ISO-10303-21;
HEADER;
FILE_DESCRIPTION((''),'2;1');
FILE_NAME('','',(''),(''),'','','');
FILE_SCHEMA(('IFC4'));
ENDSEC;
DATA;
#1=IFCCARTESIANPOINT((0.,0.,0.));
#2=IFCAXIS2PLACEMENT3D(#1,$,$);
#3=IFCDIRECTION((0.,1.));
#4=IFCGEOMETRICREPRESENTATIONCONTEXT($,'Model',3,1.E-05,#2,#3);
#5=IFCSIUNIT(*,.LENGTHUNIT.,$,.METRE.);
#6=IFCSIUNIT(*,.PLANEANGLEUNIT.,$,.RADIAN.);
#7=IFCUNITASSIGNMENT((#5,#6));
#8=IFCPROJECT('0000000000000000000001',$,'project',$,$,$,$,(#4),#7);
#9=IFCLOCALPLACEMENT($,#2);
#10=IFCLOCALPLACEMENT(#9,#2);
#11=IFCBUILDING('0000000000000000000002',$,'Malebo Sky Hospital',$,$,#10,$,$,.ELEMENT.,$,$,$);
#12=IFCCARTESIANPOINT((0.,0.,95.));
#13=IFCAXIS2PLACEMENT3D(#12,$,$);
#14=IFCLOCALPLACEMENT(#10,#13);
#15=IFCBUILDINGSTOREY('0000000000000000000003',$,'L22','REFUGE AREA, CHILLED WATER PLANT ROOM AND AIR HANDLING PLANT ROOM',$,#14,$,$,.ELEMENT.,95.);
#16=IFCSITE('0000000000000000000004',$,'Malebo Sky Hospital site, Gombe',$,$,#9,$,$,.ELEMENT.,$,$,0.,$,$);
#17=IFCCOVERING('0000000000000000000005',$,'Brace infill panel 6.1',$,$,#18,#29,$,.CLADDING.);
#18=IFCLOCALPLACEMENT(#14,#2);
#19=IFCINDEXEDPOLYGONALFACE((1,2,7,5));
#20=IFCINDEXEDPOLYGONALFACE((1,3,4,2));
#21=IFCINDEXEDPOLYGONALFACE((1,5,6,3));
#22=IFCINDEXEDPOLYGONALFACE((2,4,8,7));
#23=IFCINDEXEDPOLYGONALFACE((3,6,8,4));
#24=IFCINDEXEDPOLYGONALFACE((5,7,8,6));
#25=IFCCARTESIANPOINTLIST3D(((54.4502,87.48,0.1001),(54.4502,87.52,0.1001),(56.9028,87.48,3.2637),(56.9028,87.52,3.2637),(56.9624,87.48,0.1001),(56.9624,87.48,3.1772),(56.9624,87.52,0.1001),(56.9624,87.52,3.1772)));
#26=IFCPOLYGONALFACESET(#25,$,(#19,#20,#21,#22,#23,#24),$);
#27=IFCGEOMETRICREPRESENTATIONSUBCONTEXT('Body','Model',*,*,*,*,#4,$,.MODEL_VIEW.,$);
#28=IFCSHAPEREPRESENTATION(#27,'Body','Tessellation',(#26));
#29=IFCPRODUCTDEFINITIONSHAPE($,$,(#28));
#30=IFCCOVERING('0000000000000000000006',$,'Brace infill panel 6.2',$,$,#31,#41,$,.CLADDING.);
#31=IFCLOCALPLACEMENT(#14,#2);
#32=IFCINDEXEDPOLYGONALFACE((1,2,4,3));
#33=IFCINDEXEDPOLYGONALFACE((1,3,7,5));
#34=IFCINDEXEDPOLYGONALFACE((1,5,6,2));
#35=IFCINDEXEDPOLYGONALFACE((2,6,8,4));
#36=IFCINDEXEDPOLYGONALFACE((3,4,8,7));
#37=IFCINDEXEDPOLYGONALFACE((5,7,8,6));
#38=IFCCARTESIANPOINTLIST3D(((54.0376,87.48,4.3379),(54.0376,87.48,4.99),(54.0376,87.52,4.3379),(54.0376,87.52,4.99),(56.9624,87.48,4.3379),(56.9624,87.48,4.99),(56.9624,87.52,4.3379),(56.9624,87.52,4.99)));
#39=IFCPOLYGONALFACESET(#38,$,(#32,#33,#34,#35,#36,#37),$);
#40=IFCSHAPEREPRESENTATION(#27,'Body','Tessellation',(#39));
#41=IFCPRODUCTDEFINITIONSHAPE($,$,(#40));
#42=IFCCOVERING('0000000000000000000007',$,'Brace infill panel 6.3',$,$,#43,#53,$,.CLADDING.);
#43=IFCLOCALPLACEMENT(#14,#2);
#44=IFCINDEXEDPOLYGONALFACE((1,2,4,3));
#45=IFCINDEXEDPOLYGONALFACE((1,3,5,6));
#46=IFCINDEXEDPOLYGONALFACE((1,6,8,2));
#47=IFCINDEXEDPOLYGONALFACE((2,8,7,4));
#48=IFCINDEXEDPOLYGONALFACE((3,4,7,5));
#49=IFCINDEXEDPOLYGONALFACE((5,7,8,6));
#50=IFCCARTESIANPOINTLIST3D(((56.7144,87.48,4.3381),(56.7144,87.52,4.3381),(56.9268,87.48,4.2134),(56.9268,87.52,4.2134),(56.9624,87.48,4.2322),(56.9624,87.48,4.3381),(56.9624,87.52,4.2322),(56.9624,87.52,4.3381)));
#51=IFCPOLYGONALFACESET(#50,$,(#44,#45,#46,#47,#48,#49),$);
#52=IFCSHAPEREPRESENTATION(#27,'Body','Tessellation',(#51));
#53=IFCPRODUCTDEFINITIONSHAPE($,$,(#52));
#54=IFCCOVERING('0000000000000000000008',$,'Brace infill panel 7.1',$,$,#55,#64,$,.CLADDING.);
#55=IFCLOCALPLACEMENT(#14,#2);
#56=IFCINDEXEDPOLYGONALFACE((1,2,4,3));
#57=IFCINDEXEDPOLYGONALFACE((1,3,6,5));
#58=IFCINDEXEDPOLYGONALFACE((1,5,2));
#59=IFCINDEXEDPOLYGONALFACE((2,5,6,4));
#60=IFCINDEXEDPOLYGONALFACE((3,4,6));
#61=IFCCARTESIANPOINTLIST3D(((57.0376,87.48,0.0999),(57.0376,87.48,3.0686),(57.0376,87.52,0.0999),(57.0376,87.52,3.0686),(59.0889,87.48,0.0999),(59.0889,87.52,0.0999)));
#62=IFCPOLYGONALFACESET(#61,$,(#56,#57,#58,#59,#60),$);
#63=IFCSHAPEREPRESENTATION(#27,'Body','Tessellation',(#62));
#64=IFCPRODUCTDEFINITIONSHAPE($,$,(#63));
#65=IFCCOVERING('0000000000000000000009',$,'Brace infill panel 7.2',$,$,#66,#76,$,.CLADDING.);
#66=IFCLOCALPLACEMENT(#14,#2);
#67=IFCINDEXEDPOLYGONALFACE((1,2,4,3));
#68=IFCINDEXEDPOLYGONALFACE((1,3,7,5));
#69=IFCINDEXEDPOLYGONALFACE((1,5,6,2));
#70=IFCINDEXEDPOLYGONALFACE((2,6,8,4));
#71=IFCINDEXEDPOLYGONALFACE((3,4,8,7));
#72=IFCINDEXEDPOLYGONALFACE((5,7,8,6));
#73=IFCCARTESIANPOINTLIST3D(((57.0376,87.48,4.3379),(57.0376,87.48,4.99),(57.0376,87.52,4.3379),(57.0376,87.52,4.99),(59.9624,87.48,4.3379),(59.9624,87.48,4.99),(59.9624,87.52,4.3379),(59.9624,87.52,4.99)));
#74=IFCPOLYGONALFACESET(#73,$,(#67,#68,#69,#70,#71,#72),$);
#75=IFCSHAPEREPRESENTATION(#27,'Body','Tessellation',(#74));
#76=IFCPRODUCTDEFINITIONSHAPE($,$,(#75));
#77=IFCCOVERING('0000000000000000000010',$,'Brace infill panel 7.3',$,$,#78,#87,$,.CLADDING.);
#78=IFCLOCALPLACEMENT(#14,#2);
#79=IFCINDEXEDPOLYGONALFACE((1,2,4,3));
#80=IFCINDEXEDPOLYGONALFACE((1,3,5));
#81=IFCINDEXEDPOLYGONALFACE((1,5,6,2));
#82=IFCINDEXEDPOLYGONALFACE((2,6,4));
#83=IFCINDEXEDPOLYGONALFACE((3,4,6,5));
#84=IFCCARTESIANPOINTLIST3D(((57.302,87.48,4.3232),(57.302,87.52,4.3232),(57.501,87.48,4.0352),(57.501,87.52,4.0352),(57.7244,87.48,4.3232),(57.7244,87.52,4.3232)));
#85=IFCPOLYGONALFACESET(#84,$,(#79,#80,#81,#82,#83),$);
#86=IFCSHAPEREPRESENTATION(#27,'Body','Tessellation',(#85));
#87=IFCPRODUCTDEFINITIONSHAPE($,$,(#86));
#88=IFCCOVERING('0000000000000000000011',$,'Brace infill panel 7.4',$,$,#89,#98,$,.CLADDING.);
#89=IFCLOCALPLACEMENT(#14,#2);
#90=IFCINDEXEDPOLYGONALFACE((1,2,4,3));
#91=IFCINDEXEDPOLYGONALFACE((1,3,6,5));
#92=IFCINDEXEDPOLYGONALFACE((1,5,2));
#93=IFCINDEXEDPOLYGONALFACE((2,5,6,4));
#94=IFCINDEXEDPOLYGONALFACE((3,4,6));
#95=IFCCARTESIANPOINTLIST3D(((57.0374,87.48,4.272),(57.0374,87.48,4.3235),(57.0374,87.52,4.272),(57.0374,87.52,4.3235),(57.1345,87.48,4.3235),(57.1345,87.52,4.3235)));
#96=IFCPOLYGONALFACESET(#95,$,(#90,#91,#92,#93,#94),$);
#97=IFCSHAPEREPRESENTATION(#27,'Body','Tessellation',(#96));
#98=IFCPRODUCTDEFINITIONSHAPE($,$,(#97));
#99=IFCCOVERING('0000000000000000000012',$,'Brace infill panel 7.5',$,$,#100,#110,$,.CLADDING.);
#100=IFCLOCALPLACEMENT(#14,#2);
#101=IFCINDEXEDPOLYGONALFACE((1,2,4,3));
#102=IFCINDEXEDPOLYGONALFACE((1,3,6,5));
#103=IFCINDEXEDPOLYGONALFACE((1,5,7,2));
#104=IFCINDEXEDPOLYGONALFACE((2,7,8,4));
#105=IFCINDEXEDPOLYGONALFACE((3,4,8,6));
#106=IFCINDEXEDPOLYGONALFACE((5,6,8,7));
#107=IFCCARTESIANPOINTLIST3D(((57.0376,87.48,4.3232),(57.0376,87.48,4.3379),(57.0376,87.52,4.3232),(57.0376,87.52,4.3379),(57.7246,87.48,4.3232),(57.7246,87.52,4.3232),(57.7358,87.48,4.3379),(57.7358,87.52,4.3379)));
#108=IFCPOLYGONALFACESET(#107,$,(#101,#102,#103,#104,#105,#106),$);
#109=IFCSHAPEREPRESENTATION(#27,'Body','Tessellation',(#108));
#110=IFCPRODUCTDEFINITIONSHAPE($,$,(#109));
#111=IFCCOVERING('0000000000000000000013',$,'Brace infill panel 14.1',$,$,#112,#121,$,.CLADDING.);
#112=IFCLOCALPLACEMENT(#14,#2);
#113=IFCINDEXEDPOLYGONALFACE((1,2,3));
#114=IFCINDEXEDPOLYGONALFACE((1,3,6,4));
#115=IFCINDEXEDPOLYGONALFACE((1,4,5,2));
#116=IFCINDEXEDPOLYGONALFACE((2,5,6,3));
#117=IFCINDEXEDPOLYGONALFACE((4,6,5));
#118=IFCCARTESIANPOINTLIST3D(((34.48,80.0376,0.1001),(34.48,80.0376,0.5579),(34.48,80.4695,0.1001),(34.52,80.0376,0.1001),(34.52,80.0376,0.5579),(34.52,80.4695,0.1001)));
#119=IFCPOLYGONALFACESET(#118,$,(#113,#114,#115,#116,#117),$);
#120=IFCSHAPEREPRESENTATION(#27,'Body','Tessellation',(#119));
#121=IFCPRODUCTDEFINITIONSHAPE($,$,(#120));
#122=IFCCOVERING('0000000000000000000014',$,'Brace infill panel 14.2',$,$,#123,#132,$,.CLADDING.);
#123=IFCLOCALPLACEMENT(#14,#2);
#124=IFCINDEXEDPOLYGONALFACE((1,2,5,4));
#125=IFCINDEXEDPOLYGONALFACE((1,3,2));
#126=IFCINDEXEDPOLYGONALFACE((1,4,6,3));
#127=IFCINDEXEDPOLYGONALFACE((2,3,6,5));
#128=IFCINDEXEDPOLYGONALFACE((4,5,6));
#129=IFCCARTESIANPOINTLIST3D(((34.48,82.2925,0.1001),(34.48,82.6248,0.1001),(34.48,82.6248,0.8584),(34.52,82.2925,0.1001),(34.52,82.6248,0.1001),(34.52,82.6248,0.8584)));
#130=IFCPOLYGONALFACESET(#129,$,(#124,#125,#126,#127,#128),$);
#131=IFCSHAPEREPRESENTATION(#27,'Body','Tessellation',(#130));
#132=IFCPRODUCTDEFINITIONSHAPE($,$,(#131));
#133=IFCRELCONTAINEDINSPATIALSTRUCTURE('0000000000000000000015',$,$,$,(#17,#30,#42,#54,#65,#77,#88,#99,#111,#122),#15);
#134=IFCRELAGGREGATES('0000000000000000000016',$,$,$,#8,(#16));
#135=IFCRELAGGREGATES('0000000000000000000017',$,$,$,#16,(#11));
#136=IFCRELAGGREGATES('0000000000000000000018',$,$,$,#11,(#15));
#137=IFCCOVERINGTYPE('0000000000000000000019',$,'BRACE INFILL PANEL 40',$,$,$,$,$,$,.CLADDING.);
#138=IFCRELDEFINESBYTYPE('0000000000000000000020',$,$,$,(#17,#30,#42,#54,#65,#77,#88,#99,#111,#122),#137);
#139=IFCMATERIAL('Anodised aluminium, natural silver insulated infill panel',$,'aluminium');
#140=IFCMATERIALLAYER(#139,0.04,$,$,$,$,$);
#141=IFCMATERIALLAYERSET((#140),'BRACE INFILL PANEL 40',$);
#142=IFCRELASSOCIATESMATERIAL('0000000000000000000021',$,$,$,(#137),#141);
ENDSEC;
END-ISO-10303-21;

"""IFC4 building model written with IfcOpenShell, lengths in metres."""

from ifc_helpers import new_model, si_unit, direction, frame, origin, place, context, subcontext, project, spatial, polyline, outline, extrude, material, layer, layer_set, type_object, element, save


model = new_model("IFC4")

# Units and contexts
model_context = context("Model", 3, precision=1e-05, world=origin(), true_north=direction((0.0, 1.0)))
body_context = subcontext(model_context, "Body", "Model", "MODEL_VIEW")
ifc_project = project(units=[si_unit("LENGTHUNIT", "METRE"), si_unit("PLANEANGLEUNIT", "RADIAN")], contexts=[model_context])

# Site, building, storey
site_placement = place(None, origin())
site = spatial("IfcSite", under=ifc_project, at=site_placement, Name="Malebo Sky Hospital site, Gombe", CompositionType="ELEMENT", RefElevation=0.0)
building_placement = place(site_placement, origin())
building = spatial("IfcBuilding", under=site, at=building_placement, Name="Malebo Sky Hospital", CompositionType="ELEMENT")
storey_placement = place(building_placement, frame((0.0, 0.0, 95.0)))
storey = spatial("IfcBuildingStorey", under=building, at=storey_placement, Name="L22", Description="REFUGE AREA, CHILLED WATER PLANT ROOM AND AIR HANDLING PLANT ROOM", CompositionType="ELEMENT", Elevation=95.0)

# Coverings
ifc_material_1 = material(Name="Anodised aluminium, natural silver insulated infill panel", Category="aluminium")
ifc_layer_1 = layer(ifc_material_1, 0.04)
ifc_layer_set_1 = layer_set([ifc_layer_1], Name="BRACE INFILL PANEL 40")
covering_type = type_object("IfcCoveringType", Name="BRACE INFILL PANEL 40", PredefinedType="CLADDING", material=ifc_layer_set_1)
covering_1_placement = place(storey_placement, frame((55.7063, 87.5, 0.1001), z_axis=(0.0, 0.0, 1.0), x_axis=(1.0, 0.0, 0.0)))
element("IfcCovering", 1, at=covering_1_placement, inside=storey, type_object=covering_type, Name="Brace infill panel 6.1", PredefinedType="CLADDING", context=body_context, shape_type="SweptSolid", body=[
    extrude(outline(polyline([(-1.2561, 0.0), (1.2561, 0.0), (1.2561, 3.0771), (1.1965, 3.1636), (-1.2561, 0.0)])), frame((0.0, 0.02, 0.0), z_axis=(0.0, -1.0, 0.0), x_axis=(1.0, 0.0, 0.0)), (0.0, 0.0, 1.0), 0.04),
])
covering_2_placement = place(storey_placement, frame((55.5, 87.5, 4.3379), z_axis=(0.0, 0.0, 1.0), x_axis=(1.0, 0.0, 0.0)))
element("IfcCovering", 2, at=covering_2_placement, inside=storey, type_object=covering_type, Name="Brace infill panel 6.2", PredefinedType="CLADDING", context=body_context, shape_type="SweptSolid", body=[
    extrude(outline(polyline([(-1.4624, 0.0), (1.4624, 0.0), (1.4624, 0.6521), (-1.4624, 0.6521), (-1.4624, 0.0)])), frame((0.0, 0.02, 0.0), z_axis=(0.0, -1.0, 0.0), x_axis=(1.0, 0.0, 0.0)), (0.0, 0.0, 1.0), 0.04),
])
covering_3_placement = place(storey_placement, frame((56.8384, 87.5, 4.2134), z_axis=(0.0, 0.0, 1.0), x_axis=(1.0, 0.0, 0.0)))
element("IfcCovering", 3, at=covering_3_placement, inside=storey, type_object=covering_type, Name="Brace infill panel 6.3", PredefinedType="CLADDING", context=body_context, shape_type="SweptSolid", body=[
    extrude(outline(polyline([(0.0884, 0.0), (0.124, 0.0188), (0.124, 0.1248), (-0.124, 0.1248), (0.0884, 0.0)])), frame((0.0, 0.02, 0.0), z_axis=(0.0, -1.0, 0.0), x_axis=(1.0, 0.0, 0.0)), (0.0, 0.0, 1.0), 0.04),
])
covering_4_placement = place(storey_placement, frame((58.0632, 87.5, 0.0999), z_axis=(0.0, 0.0, 1.0), x_axis=(1.0, 0.0, 0.0)))
element("IfcCovering", 4, at=covering_4_placement, inside=storey, type_object=covering_type, Name="Brace infill panel 7.1", PredefinedType="CLADDING", context=body_context, shape_type="SweptSolid", body=[
    extrude(outline(polyline([(-1.0256, 0.0), (1.0256, 0.0), (-1.0256, 2.9688), (-1.0256, 0.0)])), frame((0.0, 0.02, 0.0), z_axis=(0.0, -1.0, 0.0), x_axis=(1.0, 0.0, 0.0)), (0.0, 0.0, 1.0), 0.04),
])
covering_5_placement = place(storey_placement, frame((58.5, 87.5, 4.3379), z_axis=(0.0, 0.0, 1.0), x_axis=(1.0, 0.0, 0.0)))
element("IfcCovering", 5, at=covering_5_placement, inside=storey, type_object=covering_type, Name="Brace infill panel 7.2", PredefinedType="CLADDING", context=body_context, shape_type="SweptSolid", body=[
    extrude(outline(polyline([(-1.4624, 0.0), (1.4624, 0.0), (1.4624, 0.6521), (-1.4624, 0.6521), (-1.4624, 0.0)])), frame((0.0, 0.02, 0.0), z_axis=(0.0, -1.0, 0.0), x_axis=(1.0, 0.0, 0.0)), (0.0, 0.0, 1.0), 0.04),
])
covering_6_placement = place(storey_placement, frame((57.5132, 87.5, 4.0352), z_axis=(0.0, 0.0, 1.0), x_axis=(1.0, 0.0, 0.0)))
element("IfcCovering", 6, at=covering_6_placement, inside=storey, type_object=covering_type, Name="Brace infill panel 7.3", PredefinedType="CLADDING", context=body_context, shape_type="SweptSolid", body=[
    extrude(outline(polyline([(-0.0122, 0.0), (0.2112, 0.2881), (-0.2112, 0.2881), (-0.0122, 0.0)])), frame((0.0, 0.02, 0.0), z_axis=(0.0, -1.0, 0.0), x_axis=(1.0, 0.0, 0.0)), (0.0, 0.0, 1.0), 0.04),
])
covering_7_placement = place(storey_placement, frame((57.0859, 87.5, 4.272), z_axis=(0.0, 0.0, 1.0), x_axis=(1.0, 0.0, 0.0)))
element("IfcCovering", 7, at=covering_7_placement, inside=storey, type_object=covering_type, Name="Brace infill panel 7.4", PredefinedType="CLADDING", context=body_context, shape_type="SweptSolid", body=[
    extrude(outline(polyline([(-0.0486, 0.0), (0.0486, 0.0515), (-0.0486, 0.0515), (-0.0486, 0.0)])), frame((0.0, 0.02, 0.0), z_axis=(0.0, -1.0, 0.0), x_axis=(1.0, 0.0, 0.0)), (0.0, 0.0, 1.0), 0.04),
])
covering_8_placement = place(storey_placement, frame((57.3867, 87.5, 4.3232), z_axis=(0.0, 0.0, 1.0), x_axis=(1.0, 0.0, 0.0)))
element("IfcCovering", 8, at=covering_8_placement, inside=storey, type_object=covering_type, Name="Brace infill panel 7.5", PredefinedType="CLADDING", context=body_context, shape_type="SweptSolid", body=[
    extrude(outline(polyline([(-0.3491, 0.0), (0.3379, 0.0), (0.3491, 0.0146), (-0.3491, 0.0146), (-0.3491, 0.0)])), frame((0.0, 0.02, 0.0), z_axis=(0.0, -1.0, 0.0), x_axis=(1.0, 0.0, 0.0)), (0.0, 0.0, 1.0), 0.04),
])
covering_9_placement = place(storey_placement, frame((34.5, 80.2537, 0.1001), z_axis=(0.0, 0.0, 1.0), x_axis=(0.0, 1.0, 0.0)))
element("IfcCovering", 9, at=covering_9_placement, inside=storey, type_object=covering_type, Name="Brace infill panel 14.1", PredefinedType="CLADDING", context=body_context, shape_type="SweptSolid", body=[
    extrude(outline(polyline([(-0.2161, 0.0), (0.2158, 0.0), (-0.2161, 0.4578), (-0.2161, 0.0)])), frame((0.0, 0.02, 0.0), z_axis=(0.0, -1.0, 0.0), x_axis=(1.0, 0.0, 0.0)), (0.0, 0.0, 1.0), 0.04),
])
covering_10_placement = place(storey_placement, frame((34.5, 82.4587, 0.1001), z_axis=(0.0, 0.0, 1.0), x_axis=(0.0, 1.0, 0.0)))
element("IfcCovering", 10, at=covering_10_placement, inside=storey, type_object=covering_type, Name="Brace infill panel 14.2", PredefinedType="CLADDING", context=body_context, shape_type="SweptSolid", body=[
    extrude(outline(polyline([(-0.1663, 0.0), (0.166, 0.0), (0.166, 0.7583), (-0.1663, 0.0)])), frame((0.0, 0.02, 0.0), z_axis=(0.0, -1.0, 0.0), x_axis=(1.0, 0.0, 0.0)), (0.0, 0.0, 1.0), 0.04),
])

save(model, "model.ifc")
